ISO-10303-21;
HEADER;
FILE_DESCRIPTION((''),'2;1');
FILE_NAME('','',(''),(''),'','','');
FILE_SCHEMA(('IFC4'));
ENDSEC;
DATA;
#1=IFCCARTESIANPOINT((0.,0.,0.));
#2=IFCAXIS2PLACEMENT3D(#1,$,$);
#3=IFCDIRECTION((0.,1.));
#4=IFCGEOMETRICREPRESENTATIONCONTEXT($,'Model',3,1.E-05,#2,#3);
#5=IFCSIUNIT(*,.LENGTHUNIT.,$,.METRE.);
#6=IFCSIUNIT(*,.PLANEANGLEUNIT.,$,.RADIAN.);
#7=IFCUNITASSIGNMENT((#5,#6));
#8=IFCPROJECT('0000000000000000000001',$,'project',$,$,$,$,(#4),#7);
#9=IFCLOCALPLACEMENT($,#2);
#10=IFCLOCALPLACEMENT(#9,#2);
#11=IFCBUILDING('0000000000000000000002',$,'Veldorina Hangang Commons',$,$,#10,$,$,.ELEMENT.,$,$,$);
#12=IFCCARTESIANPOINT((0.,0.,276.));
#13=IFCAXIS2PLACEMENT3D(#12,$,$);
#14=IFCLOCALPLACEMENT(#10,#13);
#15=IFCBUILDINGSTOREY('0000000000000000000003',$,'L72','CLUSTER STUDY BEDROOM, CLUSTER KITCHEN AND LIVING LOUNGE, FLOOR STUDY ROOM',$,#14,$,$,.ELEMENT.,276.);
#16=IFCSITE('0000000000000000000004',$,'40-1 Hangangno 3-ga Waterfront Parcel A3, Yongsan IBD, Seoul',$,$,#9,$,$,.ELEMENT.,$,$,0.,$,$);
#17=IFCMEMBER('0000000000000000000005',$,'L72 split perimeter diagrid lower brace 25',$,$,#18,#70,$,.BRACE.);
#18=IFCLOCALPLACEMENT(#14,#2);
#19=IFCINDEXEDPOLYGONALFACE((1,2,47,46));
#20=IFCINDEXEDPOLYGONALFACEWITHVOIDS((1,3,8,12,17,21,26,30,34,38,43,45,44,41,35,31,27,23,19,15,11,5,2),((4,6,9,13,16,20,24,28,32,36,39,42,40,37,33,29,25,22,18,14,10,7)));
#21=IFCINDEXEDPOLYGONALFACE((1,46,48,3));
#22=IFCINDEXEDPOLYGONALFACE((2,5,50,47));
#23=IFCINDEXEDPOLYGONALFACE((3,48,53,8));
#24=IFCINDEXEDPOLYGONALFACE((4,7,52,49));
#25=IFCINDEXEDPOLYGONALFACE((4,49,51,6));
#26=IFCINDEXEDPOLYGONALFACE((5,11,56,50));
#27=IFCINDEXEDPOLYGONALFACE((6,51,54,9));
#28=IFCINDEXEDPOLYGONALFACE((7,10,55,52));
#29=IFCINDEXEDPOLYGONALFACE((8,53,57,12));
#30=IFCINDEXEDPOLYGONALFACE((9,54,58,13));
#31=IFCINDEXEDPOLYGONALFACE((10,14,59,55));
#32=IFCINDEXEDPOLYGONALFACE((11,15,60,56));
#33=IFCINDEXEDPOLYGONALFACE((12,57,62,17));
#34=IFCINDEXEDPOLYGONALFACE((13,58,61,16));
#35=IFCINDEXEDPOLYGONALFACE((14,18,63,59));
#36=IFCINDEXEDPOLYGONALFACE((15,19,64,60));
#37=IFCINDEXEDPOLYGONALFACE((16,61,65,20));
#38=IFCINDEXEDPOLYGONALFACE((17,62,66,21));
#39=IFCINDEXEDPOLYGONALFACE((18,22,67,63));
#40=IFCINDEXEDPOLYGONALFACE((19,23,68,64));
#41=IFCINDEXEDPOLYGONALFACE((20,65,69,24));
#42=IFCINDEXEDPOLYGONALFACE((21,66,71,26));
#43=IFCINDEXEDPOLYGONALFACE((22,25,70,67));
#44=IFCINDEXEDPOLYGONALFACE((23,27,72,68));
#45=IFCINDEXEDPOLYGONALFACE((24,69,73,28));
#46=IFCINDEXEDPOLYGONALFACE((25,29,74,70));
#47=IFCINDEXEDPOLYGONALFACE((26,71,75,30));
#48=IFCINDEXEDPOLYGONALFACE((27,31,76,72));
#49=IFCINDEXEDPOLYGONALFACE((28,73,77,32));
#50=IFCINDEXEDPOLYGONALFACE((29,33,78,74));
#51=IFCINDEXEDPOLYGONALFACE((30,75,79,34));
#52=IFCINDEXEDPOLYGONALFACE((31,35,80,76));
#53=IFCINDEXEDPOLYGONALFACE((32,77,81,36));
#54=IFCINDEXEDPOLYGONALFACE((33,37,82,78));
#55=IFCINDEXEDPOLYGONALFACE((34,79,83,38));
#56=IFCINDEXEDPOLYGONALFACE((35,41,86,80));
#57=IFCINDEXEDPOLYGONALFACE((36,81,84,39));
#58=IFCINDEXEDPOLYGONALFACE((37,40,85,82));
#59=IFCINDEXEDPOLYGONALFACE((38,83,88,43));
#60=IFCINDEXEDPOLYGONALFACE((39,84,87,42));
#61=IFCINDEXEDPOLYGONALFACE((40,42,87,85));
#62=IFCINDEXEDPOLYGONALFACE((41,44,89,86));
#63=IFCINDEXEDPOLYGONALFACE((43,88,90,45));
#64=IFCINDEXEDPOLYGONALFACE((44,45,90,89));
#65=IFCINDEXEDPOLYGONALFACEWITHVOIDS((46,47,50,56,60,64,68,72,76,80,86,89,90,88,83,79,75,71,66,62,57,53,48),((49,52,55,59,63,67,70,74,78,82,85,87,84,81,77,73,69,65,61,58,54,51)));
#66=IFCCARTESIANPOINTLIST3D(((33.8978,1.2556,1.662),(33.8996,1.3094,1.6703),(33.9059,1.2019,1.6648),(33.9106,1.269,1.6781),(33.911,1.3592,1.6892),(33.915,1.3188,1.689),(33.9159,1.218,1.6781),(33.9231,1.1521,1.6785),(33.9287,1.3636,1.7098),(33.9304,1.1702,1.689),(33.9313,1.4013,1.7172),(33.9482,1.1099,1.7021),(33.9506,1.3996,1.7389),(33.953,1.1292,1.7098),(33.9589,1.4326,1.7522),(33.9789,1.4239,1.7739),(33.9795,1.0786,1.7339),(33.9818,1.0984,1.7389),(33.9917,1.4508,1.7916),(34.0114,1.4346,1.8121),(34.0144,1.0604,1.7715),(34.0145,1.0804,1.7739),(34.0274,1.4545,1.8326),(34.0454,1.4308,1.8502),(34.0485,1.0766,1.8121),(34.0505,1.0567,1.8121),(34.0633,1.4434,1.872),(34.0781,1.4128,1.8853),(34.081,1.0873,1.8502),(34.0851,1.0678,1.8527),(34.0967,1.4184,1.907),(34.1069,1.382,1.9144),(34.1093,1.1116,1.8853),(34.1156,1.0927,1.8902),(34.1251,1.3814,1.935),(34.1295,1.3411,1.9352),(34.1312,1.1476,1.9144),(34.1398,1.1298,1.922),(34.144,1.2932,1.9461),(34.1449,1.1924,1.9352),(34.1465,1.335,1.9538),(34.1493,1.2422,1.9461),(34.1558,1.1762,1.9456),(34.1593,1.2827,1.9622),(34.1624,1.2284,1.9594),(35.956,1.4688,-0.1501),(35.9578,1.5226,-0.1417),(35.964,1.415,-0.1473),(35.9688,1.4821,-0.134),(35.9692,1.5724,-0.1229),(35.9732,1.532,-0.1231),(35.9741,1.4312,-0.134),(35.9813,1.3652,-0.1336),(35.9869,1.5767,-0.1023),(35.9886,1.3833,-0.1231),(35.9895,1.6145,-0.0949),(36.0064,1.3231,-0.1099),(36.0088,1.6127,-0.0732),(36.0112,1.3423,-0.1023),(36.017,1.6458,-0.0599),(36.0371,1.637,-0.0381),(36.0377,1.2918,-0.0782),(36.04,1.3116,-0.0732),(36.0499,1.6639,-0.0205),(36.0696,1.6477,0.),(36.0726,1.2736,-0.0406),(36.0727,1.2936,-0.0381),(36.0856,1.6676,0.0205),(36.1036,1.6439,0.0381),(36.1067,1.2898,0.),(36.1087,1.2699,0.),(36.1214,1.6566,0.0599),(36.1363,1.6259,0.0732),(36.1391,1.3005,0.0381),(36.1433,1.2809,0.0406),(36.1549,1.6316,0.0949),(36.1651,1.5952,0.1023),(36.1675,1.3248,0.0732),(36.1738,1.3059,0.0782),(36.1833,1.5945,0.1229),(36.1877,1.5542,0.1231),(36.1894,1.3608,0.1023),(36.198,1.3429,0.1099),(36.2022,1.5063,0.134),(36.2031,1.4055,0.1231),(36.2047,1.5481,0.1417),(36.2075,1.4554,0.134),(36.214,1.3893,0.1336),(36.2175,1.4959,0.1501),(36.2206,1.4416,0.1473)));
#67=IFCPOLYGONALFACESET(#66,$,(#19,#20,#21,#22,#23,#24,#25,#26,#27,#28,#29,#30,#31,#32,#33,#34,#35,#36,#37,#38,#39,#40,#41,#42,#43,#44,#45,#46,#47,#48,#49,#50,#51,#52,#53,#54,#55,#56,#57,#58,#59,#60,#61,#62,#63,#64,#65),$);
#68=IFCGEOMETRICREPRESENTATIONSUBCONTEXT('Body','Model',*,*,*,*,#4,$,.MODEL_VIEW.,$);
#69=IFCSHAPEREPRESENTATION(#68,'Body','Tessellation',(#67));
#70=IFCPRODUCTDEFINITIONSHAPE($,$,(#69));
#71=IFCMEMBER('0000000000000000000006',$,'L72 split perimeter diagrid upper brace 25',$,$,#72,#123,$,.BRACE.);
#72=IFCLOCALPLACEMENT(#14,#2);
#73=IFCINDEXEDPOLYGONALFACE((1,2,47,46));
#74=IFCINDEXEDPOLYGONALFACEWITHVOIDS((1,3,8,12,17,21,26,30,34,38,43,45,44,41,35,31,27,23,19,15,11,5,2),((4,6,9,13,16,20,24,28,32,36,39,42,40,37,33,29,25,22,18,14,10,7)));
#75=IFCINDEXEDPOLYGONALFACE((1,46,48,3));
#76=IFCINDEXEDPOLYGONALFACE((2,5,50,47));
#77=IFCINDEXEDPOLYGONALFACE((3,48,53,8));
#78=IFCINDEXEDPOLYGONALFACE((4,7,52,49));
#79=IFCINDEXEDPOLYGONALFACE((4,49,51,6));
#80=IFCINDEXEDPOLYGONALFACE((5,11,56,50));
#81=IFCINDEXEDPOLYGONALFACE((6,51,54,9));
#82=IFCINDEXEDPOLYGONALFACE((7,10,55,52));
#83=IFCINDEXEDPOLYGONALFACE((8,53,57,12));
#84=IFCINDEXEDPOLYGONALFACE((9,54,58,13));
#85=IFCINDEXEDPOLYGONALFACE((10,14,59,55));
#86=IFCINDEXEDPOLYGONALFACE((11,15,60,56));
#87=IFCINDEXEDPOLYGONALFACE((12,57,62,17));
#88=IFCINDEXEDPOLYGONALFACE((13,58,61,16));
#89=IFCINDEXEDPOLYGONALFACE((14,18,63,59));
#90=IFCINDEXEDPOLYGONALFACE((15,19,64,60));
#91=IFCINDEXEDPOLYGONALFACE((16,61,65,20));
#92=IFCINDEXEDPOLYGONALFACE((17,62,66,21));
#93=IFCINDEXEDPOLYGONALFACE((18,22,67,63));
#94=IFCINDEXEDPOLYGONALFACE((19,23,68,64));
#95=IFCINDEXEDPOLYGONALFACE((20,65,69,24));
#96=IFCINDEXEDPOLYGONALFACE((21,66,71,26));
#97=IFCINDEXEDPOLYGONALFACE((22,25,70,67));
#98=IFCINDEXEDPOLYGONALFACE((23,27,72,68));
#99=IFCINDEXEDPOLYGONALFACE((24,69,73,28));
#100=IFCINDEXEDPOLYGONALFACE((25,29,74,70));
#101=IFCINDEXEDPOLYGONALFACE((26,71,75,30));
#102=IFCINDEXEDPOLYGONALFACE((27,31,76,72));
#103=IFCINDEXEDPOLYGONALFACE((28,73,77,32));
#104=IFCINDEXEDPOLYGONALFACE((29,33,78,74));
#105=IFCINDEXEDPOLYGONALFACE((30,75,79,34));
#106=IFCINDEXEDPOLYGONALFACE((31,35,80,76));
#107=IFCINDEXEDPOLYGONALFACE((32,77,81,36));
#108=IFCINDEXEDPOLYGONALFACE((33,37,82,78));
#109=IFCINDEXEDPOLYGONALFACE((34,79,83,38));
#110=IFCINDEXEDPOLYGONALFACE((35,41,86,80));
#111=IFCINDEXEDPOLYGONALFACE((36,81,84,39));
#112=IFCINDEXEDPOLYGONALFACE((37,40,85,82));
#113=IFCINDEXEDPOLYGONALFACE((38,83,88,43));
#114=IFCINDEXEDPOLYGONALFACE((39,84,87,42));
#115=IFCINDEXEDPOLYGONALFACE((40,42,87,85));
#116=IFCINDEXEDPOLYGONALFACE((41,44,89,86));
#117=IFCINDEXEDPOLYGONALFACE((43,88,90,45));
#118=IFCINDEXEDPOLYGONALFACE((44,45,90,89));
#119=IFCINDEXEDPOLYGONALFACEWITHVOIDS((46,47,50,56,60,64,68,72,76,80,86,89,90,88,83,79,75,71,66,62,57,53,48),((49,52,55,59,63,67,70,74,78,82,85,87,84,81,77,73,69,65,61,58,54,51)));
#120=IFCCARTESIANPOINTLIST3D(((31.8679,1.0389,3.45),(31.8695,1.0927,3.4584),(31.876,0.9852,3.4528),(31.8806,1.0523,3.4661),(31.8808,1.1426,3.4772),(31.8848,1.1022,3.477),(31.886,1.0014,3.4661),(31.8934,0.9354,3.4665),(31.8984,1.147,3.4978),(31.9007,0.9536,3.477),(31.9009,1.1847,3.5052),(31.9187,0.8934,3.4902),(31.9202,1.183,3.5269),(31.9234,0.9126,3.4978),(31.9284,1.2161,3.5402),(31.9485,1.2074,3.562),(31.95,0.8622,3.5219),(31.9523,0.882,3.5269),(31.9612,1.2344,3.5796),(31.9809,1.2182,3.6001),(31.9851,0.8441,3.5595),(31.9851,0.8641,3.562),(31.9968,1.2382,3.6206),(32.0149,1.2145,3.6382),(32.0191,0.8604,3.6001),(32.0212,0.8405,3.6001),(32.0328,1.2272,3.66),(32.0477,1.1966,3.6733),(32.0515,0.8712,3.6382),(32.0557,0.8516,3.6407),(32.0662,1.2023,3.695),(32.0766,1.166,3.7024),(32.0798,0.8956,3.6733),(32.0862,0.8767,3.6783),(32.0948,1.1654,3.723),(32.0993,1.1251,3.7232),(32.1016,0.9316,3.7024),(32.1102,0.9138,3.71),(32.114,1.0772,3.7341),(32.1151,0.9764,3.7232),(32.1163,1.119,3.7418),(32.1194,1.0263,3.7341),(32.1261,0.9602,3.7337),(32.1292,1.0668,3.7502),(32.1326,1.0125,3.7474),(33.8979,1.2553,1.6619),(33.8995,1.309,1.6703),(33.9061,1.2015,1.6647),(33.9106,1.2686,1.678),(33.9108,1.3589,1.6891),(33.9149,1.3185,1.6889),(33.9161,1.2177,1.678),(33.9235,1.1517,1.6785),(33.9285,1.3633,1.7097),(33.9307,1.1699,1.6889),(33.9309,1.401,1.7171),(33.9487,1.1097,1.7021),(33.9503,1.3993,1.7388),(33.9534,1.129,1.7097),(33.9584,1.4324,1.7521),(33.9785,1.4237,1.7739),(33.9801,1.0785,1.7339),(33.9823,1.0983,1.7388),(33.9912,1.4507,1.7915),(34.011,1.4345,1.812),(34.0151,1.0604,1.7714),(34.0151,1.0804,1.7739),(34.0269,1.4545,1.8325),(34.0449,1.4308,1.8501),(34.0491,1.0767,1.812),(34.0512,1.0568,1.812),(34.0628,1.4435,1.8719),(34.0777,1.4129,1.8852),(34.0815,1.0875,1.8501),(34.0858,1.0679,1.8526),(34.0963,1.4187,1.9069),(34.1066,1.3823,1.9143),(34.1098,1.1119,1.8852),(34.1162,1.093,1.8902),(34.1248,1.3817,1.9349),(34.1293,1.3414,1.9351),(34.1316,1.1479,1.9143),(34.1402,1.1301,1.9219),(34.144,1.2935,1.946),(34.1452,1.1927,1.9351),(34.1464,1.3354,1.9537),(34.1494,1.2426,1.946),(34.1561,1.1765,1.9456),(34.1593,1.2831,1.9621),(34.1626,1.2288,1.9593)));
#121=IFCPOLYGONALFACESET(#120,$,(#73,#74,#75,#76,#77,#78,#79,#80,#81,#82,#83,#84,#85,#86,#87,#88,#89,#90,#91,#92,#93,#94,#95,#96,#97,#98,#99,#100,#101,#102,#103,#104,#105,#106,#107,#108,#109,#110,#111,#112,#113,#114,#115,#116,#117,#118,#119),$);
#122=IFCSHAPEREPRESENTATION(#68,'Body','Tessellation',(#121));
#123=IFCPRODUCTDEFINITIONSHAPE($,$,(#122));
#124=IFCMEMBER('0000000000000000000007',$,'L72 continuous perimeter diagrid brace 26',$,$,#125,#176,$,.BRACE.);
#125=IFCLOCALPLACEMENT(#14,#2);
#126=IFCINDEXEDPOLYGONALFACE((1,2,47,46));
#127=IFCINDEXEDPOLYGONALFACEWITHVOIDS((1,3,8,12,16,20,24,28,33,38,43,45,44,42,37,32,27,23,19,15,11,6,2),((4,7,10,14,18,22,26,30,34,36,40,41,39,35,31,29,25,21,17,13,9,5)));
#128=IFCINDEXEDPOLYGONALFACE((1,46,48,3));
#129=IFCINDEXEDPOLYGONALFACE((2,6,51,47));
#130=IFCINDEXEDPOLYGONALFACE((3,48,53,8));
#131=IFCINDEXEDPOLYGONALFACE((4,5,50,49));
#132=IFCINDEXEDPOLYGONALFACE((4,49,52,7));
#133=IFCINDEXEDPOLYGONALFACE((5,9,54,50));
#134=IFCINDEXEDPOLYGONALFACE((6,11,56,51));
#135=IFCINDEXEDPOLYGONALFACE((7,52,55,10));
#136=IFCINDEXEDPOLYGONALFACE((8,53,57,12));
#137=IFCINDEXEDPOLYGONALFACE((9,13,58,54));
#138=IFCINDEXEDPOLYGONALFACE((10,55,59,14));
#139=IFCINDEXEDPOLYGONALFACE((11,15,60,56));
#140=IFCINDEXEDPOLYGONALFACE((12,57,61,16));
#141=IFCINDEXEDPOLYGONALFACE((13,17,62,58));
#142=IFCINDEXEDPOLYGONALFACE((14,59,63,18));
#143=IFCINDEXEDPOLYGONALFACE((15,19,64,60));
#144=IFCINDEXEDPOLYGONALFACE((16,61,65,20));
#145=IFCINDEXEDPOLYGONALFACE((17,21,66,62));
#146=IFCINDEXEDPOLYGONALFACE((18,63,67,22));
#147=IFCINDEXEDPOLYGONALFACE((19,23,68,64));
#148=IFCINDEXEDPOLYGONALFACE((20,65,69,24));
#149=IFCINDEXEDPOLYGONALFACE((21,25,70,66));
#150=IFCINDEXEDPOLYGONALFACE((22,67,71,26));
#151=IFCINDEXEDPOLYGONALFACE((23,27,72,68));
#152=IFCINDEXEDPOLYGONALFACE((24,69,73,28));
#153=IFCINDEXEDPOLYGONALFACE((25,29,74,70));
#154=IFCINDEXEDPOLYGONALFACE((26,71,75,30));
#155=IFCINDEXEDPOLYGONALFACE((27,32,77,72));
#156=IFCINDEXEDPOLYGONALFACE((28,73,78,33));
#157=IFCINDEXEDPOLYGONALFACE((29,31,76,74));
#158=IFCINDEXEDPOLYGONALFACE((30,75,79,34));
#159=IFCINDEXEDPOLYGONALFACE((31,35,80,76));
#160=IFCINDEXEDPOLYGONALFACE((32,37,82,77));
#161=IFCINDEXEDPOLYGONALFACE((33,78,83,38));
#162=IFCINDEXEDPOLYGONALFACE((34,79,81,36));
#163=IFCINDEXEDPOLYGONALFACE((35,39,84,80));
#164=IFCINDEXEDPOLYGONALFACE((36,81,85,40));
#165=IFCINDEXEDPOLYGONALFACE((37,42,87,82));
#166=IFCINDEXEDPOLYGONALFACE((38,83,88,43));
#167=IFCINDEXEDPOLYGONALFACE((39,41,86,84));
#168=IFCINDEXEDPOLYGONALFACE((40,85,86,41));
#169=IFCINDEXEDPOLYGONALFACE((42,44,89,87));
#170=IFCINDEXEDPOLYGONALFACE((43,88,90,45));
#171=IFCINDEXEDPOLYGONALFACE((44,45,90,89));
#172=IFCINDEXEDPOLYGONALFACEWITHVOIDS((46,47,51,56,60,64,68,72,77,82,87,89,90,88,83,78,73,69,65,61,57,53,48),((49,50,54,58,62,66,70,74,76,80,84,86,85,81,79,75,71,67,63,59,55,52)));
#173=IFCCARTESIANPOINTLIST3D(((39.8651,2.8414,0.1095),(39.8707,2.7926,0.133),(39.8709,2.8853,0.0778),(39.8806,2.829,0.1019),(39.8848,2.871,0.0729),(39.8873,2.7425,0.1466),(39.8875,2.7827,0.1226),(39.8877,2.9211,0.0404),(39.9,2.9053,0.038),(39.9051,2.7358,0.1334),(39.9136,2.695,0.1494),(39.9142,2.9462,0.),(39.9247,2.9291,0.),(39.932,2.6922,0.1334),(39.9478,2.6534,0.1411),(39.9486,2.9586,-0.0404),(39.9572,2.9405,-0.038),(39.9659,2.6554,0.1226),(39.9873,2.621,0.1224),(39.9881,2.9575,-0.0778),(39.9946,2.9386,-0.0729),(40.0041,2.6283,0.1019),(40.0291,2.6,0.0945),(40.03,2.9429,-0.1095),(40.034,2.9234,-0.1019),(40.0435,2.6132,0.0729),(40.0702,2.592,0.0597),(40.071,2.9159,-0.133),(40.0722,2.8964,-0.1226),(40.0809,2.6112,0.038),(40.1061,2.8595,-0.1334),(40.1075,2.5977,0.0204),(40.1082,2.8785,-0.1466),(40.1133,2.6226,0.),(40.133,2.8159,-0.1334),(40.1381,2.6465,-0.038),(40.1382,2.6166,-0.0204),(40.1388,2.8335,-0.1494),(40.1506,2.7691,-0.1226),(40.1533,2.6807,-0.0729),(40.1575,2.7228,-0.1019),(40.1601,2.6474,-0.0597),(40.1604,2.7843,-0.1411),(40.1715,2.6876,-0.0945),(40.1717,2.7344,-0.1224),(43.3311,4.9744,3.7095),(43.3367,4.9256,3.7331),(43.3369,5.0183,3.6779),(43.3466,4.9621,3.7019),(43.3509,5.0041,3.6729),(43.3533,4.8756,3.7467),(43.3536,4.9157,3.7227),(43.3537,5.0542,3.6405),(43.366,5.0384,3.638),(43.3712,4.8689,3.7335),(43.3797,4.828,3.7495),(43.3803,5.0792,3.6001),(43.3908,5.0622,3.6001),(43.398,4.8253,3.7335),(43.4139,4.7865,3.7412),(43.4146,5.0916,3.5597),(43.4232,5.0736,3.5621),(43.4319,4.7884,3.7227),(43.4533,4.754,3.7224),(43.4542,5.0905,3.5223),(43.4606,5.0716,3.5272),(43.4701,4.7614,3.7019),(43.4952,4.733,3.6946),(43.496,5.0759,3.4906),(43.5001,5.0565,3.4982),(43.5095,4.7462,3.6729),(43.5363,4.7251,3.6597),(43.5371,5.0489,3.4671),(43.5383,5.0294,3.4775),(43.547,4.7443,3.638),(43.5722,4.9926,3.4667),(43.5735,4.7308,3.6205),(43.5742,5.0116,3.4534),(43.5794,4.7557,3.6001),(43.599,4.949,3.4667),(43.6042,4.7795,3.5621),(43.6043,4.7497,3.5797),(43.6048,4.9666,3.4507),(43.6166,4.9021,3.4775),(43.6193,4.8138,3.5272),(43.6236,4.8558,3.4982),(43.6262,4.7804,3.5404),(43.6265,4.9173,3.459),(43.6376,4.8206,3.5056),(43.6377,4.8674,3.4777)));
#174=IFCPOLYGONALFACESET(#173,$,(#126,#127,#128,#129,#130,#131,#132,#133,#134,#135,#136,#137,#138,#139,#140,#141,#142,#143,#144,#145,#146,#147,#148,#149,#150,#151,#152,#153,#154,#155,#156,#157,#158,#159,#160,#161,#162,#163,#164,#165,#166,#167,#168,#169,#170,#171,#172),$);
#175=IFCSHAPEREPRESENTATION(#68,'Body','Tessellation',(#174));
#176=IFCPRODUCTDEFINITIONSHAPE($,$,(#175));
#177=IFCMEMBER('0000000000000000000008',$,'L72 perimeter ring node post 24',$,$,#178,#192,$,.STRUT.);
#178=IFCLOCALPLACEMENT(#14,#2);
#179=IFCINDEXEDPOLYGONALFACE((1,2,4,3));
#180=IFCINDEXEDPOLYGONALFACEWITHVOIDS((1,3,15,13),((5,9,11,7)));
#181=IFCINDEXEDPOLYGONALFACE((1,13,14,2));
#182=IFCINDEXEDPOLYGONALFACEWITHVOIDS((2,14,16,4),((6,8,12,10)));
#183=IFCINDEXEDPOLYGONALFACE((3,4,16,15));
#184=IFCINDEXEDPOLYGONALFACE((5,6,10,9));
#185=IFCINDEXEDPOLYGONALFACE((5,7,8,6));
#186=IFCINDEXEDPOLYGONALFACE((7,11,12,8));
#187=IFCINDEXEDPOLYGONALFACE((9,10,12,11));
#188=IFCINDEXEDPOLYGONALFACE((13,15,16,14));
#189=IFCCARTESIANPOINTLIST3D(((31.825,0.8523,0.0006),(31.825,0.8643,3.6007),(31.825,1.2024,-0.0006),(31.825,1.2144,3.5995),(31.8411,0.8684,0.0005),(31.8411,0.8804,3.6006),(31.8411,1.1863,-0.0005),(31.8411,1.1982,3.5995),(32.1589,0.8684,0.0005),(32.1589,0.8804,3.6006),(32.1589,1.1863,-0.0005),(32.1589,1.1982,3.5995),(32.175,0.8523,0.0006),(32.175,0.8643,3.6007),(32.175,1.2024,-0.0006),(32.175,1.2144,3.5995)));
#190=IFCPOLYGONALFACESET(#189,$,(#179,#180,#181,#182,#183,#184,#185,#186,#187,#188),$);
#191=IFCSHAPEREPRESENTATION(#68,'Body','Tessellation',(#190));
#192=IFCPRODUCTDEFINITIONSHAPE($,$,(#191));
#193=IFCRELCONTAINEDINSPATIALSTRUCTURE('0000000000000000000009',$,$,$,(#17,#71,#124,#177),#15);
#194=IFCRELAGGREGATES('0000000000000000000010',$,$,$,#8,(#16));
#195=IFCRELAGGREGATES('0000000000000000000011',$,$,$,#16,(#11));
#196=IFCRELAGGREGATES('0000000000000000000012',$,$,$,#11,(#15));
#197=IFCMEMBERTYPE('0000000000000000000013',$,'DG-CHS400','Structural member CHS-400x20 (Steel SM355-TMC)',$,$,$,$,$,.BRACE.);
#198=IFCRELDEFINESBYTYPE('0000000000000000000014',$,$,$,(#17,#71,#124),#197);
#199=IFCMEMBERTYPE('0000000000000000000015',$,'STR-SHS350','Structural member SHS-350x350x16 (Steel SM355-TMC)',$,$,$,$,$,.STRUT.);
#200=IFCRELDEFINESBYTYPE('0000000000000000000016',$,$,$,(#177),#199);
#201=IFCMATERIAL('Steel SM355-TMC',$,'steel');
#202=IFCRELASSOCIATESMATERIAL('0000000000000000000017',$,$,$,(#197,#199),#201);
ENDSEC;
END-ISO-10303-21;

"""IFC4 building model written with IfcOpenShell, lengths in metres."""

from ifc_helpers import new_model, si_unit, direction, frame, origin, origin_2d, place, context, subcontext, project, spatial, hollow_rectangle, hollow_circle, extrude, material, material_profile, profile_set, type_object, element, save


model = new_model("IFC4")

# Units and contexts
model_context = context("Model", 3, precision=1e-05, world=origin(), true_north=direction((0.0, 1.0)))
body_context = subcontext(model_context, "Body", "Model", "MODEL_VIEW")
ifc_project = project(units=[si_unit("LENGTHUNIT", "METRE"), si_unit("PLANEANGLEUNIT", "RADIAN")], contexts=[model_context])

# Site, building, storey
site_placement = place(None, origin())
site = spatial("IfcSite", under=ifc_project, at=site_placement, Name="40-1 Hangangno 3-ga Waterfront Parcel A3, Yongsan IBD, Seoul", CompositionType="ELEMENT", RefElevation=0.0)
building_placement = place(site_placement, origin())
building = spatial("IfcBuilding", under=site, at=building_placement, Name="Veldorina Hangang Commons", CompositionType="ELEMENT")
storey_placement = place(building_placement, frame((0.0, 0.0, 276.0)))
storey = spatial("IfcBuildingStorey", under=building, at=storey_placement, Name="L72", Description="CLUSTER STUDY BEDROOM, CLUSTER KITCHEN AND LIVING LOUNGE, FLOOR STUDY ROOM", CompositionType="ELEMENT", Elevation=276.0)

# Shared definitions
ifc_material_1 = material(Name="Steel SM355-TMC", Category="steel")

# Members
ifc_material_profile_1 = material_profile(ifc_material_1, hollow_circle(Radius=0.2, WallThickness=0.02, at=origin_2d()), Name="CHS-400x20")
ifc_profile_set_1 = profile_set([ifc_material_profile_1], Name="Steel SM355-TMC")
member_type_1 = type_object("IfcMemberType", Name="DG-CHS400", Description="Structural member CHS-400x20 (Steel SM355-TMC)", PredefinedType="BRACE", material=ifc_profile_set_1)
member_1_placement = place(storey_placement, frame((36.0881, 1.4688, 0.0), z_axis=(-0.748298, -0.077493, 0.658821), x_axis=(0.103008, -0.994681, 0.0)))
element("IfcMember", 1, at=member_1_placement, inside=storey, type_object=member_type_1, Name="L72 split perimeter diagrid lower brace 25", PredefinedType="BRACE", context=body_context, shape_type="SweptSolid", body=[
    extrude(hollow_circle(Radius=0.2, WallThickness=0.02, at=origin_2d()), origin(), (0.0, 0.0, 1.0), 2.7505),
])
member_2_placement = place(storey_placement, frame((34.03, 1.2556, 1.812), z_axis=(-0.748022, -0.079705, 0.658871), x_axis=(0.105955, -0.994371, 0.0)))
element("IfcMember", 2, at=member_2_placement, inside=storey, type_object=member_type_1, Name="L72 split perimeter diagrid upper brace 25", PredefinedType="BRACE", context=body_context, shape_type="SweptSolid", body=[
    extrude(hollow_circle(Radius=0.2, WallThickness=0.02, at=origin_2d()), origin(), (0.0, 0.0, 1.0), 2.7139),
])
member_3_placement = place(storey_placement, frame((40.019, 2.7759, 0.0), z_axis=(0.637892, 0.392566, 0.66256), x_axis=(-0.524114, 0.851648, 0.0)))
element("IfcMember", 3, at=member_3_placement, inside=storey, type_object=member_type_1, Name="L72 continuous perimeter diagrid brace 26", PredefinedType="BRACE", context=body_context, shape_type="SweptSolid", body=[
    extrude(hollow_circle(Radius=0.2, WallThickness=0.02, at=origin_2d()), origin(), (0.0, 0.0, 1.0), 5.4336),
])
ifc_material_profile_2 = material_profile(ifc_material_1, hollow_rectangle(XDim=0.3501, YDim=0.3501, WallThickness=0.0161, at=origin_2d()), Name="SHS-350x350x16")
ifc_profile_set_2 = profile_set([ifc_material_profile_2], Name="Steel SM355-TMC")
member_type_2 = type_object("IfcMemberType", Name="STR-SHS350", Description="Structural member SHS-350x350x16 (Steel SM355-TMC)", PredefinedType="STRUT", material=ifc_profile_set_2)
member_4_placement = place(storey_placement, frame((32.0, 1.0273, 0.0), z_axis=(0.0, 0.003323, 0.999994), x_axis=(-1.0, 0.0, 0.0)))
element("IfcMember", 4, at=member_4_placement, inside=storey, type_object=member_type_2, Name="L72 perimeter ring node post 24", PredefinedType="STRUT", context=body_context, shape_type="SweptSolid", body=[
    extrude(hollow_rectangle(XDim=0.3501, YDim=0.3501, WallThickness=0.0161, at=origin_2d()), origin(), (0.0, 0.0, 1.0), 3.6001),
])

save(model, "model.ifc")
